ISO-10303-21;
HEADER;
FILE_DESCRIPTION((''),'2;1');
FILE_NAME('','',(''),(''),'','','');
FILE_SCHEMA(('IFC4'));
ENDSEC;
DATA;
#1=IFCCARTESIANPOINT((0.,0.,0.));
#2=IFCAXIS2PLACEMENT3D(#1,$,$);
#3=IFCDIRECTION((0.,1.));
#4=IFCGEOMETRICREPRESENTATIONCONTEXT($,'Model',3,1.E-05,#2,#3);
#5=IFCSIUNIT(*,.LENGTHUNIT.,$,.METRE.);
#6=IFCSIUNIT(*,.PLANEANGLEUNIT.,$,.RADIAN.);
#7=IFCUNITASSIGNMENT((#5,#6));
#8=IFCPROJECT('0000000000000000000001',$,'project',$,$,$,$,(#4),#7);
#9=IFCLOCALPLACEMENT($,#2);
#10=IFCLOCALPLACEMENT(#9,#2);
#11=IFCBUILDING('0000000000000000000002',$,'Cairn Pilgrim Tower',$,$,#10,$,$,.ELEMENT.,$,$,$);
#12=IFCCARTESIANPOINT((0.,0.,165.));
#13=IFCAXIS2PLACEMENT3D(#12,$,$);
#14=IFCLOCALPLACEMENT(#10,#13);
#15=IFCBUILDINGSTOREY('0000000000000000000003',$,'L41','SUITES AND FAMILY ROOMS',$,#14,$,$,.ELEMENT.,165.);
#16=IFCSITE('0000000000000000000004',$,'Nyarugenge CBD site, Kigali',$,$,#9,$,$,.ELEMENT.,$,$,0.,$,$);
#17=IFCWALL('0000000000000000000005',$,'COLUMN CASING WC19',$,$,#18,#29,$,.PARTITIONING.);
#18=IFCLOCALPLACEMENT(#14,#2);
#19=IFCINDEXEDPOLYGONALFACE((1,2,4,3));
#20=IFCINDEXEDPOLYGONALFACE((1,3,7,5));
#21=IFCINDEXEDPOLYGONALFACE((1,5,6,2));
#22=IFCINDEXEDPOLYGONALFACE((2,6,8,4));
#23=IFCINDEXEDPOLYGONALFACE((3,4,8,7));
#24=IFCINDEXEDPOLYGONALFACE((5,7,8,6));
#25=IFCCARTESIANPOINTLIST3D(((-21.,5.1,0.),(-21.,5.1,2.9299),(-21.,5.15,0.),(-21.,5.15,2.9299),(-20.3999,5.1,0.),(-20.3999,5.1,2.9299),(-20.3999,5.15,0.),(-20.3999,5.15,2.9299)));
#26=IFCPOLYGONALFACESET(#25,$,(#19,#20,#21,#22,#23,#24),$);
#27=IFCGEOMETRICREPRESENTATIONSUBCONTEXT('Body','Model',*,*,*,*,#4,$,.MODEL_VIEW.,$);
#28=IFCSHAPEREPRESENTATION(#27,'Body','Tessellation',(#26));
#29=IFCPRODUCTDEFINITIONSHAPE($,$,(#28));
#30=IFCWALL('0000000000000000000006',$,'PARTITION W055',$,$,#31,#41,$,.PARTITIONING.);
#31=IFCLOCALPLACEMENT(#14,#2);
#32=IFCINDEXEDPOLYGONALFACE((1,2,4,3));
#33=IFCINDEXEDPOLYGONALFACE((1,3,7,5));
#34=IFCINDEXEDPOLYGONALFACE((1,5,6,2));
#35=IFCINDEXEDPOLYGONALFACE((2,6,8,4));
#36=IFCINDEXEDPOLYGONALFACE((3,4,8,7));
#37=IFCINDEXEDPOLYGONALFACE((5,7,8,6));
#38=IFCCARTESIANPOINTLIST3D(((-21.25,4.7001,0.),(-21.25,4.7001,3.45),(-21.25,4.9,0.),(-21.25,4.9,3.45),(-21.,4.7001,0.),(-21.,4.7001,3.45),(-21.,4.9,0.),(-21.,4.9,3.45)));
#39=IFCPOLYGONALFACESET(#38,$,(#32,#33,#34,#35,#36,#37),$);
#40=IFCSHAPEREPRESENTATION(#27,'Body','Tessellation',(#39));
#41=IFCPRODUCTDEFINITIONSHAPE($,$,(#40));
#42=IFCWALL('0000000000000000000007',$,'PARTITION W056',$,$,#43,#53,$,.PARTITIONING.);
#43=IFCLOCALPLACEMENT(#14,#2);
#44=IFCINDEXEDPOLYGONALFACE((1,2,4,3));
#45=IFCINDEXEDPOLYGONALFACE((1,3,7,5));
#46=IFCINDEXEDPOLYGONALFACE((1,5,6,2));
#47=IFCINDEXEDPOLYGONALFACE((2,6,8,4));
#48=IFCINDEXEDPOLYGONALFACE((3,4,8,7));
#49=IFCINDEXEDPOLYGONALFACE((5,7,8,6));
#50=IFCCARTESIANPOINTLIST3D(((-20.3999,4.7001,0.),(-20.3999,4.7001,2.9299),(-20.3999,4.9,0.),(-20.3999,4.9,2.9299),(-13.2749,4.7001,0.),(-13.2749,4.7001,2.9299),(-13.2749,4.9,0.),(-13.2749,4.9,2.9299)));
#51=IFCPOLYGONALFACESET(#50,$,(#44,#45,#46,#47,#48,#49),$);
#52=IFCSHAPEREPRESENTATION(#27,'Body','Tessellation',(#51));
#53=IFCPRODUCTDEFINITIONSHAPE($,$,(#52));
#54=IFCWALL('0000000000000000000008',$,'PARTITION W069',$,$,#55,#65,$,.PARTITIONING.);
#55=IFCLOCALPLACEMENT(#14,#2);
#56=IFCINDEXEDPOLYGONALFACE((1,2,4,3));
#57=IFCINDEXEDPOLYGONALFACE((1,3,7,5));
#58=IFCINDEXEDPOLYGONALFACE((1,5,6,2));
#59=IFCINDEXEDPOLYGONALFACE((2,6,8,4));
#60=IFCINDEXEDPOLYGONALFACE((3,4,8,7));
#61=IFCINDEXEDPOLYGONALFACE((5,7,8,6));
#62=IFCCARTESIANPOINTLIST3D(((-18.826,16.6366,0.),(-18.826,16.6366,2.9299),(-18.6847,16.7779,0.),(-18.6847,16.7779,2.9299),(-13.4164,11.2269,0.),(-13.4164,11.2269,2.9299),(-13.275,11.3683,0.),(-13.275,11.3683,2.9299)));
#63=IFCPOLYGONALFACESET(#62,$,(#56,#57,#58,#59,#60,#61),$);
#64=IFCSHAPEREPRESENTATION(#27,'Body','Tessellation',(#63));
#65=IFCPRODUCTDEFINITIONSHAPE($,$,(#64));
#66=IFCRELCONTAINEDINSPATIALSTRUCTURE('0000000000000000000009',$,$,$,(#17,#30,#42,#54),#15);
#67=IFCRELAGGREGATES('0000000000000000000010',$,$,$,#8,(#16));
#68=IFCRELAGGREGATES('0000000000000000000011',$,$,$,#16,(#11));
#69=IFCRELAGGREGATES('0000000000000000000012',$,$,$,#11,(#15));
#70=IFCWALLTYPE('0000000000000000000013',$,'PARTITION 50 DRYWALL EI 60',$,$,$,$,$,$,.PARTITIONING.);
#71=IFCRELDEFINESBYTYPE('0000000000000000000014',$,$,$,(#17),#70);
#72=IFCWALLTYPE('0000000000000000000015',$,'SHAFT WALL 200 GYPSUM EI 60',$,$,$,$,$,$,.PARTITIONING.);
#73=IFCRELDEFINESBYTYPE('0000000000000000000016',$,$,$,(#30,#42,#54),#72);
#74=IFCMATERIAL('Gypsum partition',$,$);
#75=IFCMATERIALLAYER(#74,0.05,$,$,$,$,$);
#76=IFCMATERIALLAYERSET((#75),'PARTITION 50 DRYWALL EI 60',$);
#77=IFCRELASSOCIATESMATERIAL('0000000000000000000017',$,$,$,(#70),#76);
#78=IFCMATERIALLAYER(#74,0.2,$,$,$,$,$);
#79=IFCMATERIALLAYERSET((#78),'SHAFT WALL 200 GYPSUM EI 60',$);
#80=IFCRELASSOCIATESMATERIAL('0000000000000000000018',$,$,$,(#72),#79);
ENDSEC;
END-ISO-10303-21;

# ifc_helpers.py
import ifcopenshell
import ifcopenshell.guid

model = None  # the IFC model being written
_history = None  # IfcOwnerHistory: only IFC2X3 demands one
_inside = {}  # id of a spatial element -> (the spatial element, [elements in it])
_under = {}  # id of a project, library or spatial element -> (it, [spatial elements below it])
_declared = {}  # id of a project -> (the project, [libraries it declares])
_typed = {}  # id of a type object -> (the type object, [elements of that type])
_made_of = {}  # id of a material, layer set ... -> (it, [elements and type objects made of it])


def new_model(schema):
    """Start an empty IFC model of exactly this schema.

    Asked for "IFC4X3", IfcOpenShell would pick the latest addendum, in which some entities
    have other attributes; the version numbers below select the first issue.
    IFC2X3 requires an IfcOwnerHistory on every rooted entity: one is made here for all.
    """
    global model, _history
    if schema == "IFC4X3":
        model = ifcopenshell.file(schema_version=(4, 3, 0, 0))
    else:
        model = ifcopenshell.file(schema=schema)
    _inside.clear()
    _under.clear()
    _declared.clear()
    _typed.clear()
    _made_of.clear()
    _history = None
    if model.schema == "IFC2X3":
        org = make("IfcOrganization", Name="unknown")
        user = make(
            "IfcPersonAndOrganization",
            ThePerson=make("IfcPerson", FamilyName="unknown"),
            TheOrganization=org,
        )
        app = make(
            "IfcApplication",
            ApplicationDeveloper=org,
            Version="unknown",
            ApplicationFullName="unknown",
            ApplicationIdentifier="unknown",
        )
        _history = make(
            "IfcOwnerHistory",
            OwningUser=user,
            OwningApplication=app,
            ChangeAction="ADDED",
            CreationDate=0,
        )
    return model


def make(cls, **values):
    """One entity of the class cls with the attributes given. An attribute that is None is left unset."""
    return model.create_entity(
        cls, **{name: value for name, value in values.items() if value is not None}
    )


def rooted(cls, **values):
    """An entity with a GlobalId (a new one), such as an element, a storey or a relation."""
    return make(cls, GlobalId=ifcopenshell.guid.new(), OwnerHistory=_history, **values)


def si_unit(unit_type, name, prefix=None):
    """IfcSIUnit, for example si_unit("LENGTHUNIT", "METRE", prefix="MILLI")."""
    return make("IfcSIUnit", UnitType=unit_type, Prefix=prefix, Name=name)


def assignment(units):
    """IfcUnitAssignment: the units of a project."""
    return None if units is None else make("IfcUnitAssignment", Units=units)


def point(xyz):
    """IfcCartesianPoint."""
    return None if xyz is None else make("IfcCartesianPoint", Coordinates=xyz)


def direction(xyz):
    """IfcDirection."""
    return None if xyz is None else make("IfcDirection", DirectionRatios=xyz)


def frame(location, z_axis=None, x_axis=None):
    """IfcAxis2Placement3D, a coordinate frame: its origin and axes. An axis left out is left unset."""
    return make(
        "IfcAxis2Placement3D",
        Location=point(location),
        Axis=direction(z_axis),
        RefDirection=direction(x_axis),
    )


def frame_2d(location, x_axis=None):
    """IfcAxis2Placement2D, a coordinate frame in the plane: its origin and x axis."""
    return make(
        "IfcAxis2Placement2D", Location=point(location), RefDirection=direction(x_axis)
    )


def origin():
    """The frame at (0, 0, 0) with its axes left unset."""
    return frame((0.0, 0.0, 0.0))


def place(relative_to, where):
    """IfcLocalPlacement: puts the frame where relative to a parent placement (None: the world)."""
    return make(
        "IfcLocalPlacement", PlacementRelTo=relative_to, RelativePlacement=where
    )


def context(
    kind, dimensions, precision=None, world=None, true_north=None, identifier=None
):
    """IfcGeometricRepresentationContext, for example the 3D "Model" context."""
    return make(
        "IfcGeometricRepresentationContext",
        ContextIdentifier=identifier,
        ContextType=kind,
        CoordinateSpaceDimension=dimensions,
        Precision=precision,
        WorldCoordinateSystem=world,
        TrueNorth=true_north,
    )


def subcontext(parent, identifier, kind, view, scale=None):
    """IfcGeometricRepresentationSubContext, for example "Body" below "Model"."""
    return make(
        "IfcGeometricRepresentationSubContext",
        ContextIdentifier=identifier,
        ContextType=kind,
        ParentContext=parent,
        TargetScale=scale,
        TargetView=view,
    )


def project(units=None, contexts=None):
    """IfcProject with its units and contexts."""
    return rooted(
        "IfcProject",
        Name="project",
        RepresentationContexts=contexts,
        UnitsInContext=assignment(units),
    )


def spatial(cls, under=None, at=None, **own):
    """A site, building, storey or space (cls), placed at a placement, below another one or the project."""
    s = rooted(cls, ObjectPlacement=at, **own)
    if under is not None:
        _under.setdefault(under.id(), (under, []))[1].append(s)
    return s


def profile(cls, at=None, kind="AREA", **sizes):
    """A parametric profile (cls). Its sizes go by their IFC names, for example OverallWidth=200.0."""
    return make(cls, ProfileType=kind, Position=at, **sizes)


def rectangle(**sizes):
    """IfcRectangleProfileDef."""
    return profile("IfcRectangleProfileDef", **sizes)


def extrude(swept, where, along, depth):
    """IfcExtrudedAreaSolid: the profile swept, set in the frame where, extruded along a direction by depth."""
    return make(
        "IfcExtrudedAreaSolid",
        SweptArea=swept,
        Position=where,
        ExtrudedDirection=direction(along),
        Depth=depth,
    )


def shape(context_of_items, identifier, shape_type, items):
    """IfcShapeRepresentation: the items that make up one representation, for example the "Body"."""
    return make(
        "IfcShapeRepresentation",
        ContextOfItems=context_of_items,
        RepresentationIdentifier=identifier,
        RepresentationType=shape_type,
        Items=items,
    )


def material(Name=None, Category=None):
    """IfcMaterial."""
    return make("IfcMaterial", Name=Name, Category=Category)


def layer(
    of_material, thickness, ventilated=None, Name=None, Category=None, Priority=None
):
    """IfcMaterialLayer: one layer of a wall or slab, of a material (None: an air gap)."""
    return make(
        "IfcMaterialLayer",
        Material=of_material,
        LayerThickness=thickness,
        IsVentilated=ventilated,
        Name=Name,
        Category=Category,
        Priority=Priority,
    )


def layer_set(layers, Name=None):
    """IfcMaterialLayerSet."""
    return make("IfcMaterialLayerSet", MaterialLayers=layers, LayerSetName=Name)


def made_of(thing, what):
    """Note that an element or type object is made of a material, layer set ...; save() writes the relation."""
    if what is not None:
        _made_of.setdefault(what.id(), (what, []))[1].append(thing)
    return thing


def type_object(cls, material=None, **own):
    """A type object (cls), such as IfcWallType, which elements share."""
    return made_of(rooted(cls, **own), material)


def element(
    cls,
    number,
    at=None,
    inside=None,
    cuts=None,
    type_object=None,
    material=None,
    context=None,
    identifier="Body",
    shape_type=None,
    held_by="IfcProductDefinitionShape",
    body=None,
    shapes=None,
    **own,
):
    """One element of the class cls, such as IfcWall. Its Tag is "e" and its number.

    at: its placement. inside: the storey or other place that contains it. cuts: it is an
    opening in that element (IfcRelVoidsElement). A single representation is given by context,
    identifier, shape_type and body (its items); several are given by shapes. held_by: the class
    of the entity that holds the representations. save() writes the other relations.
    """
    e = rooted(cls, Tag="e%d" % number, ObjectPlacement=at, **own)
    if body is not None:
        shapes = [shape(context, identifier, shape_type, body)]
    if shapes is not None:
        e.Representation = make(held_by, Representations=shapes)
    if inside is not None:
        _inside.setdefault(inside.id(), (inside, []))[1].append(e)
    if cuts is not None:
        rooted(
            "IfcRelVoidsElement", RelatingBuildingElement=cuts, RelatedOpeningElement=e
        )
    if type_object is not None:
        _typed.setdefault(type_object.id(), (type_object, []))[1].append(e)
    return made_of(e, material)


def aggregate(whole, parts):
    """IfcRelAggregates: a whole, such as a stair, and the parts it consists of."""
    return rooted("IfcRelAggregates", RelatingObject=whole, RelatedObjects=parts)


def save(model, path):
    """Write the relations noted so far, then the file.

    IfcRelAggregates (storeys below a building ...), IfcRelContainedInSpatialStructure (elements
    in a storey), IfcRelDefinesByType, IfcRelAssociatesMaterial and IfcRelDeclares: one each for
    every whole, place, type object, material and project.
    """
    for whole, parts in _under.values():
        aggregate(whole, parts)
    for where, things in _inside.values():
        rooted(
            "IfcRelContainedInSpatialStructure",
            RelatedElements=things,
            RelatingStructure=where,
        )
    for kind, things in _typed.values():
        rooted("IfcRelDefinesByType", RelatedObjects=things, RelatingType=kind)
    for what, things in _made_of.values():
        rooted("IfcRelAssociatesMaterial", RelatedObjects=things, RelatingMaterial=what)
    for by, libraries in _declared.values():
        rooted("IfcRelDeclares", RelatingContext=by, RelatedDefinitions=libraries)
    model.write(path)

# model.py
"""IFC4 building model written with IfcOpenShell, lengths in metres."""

from ifc_helpers import new_model, si_unit, direction, frame, frame_2d, origin, place, context, subcontext, project, spatial, rectangle, extrude, material, layer, layer_set, type_object, element, save


model = new_model("IFC4")

# Units and contexts
model_context = context("Model", 3, precision=1e-05, world=origin(), true_north=direction((0.0, 1.0)))
body_context = subcontext(model_context, "Body", "Model", "MODEL_VIEW")
ifc_project = project(units=[si_unit("LENGTHUNIT", "METRE"), si_unit("PLANEANGLEUNIT", "RADIAN")], contexts=[model_context])

# Site, building, storey
site_placement = place(None, origin())
site = spatial("IfcSite", under=ifc_project, at=site_placement, Name="Nyarugenge CBD site, Kigali", CompositionType="ELEMENT", RefElevation=0.0)
building_placement = place(site_placement, origin())
building = spatial("IfcBuilding", under=site, at=building_placement, Name="Cairn Pilgrim Tower", CompositionType="ELEMENT")
storey_placement = place(building_placement, frame((0.0, 0.0, 165.0)))
storey = spatial("IfcBuildingStorey", under=building, at=storey_placement, Name="L41", Description="SUITES AND FAMILY ROOMS", CompositionType="ELEMENT", Elevation=165.0)

# Shared definitions
ifc_material_1 = material(Name="Gypsum partition")

# Walls
ifc_layer_1 = layer(ifc_material_1, 0.05)
ifc_layer_set_1 = layer_set([ifc_layer_1], Name="PARTITION 50 DRYWALL EI 60")
wall_type_1 = type_object("IfcWallType", Name="PARTITION 50 DRYWALL EI 60", PredefinedType="PARTITIONING", material=ifc_layer_set_1)
wall_1_placement = place(storey_placement, frame((-21.0, 5.125, 0.0), z_axis=(0.0, 0.0, 1.0), x_axis=(1.0, 0.0, 0.0)))
element("IfcWall", 1, at=wall_1_placement, inside=storey, type_object=wall_type_1, Name="COLUMN CASING WC19", PredefinedType="PARTITIONING", context=body_context, shape_type="SweptSolid", body=[
    extrude(rectangle(XDim=0.6001, YDim=0.05, at=frame_2d((0.3, 0.0))), origin(), (0.0, 0.0, 1.0), 2.9299),
])
ifc_layer_2 = layer(ifc_material_1, 0.2)
ifc_layer_set_2 = layer_set([ifc_layer_2], Name="SHAFT WALL 200 GYPSUM EI 60")
wall_type_2 = type_object("IfcWallType", Name="SHAFT WALL 200 GYPSUM EI 60", PredefinedType="PARTITIONING", material=ifc_layer_set_2)
wall_2_placement = place(storey_placement, frame((-21.25, 4.8, 0.0), z_axis=(0.0, 0.0, 1.0), x_axis=(1.0, 0.0, 0.0)))
element("IfcWall", 2, at=wall_2_placement, inside=storey, type_object=wall_type_2, Name="PARTITION W055", PredefinedType="PARTITIONING", context=body_context, shape_type="SweptSolid", body=[
    extrude(rectangle(XDim=0.25, YDim=0.2, at=frame_2d((0.125, 0.0))), origin(), (0.0, 0.0, 1.0), 3.45),
])
wall_3_placement = place(storey_placement, frame((-20.3999, 4.8, 0.0), z_axis=(0.0, 0.0, 1.0), x_axis=(1.0, 0.0, 0.0)))
element("IfcWall", 3, at=wall_3_placement, inside=storey, type_object=wall_type_2, Name="PARTITION W056", PredefinedType="PARTITIONING", context=body_context, shape_type="SweptSolid", body=[
    extrude(rectangle(XDim=7.125, YDim=0.2, at=frame_2d((3.5625, 0.0))), origin(), (0.0, 0.0, 1.0), 2.9299),
])
wall_4_placement = place(storey_placement, frame((-13.3457, 11.2976, 0.0), z_axis=(0.0, 0.0, 1.0), x_axis=(-0.707107, 0.707107, 0.0)))
element("IfcWall", 4, at=wall_4_placement, inside=storey, type_object=wall_type_2, Name="PARTITION W069", PredefinedType="PARTITIONING", context=body_context, shape_type="SweptSolid", body=[
    extrude(rectangle(XDim=7.6504, YDim=0.2, at=frame_2d((3.8252, 0.0))), origin(), (0.0, 0.0, 1.0), 2.9299),
])

save(model, "model.ifc")
